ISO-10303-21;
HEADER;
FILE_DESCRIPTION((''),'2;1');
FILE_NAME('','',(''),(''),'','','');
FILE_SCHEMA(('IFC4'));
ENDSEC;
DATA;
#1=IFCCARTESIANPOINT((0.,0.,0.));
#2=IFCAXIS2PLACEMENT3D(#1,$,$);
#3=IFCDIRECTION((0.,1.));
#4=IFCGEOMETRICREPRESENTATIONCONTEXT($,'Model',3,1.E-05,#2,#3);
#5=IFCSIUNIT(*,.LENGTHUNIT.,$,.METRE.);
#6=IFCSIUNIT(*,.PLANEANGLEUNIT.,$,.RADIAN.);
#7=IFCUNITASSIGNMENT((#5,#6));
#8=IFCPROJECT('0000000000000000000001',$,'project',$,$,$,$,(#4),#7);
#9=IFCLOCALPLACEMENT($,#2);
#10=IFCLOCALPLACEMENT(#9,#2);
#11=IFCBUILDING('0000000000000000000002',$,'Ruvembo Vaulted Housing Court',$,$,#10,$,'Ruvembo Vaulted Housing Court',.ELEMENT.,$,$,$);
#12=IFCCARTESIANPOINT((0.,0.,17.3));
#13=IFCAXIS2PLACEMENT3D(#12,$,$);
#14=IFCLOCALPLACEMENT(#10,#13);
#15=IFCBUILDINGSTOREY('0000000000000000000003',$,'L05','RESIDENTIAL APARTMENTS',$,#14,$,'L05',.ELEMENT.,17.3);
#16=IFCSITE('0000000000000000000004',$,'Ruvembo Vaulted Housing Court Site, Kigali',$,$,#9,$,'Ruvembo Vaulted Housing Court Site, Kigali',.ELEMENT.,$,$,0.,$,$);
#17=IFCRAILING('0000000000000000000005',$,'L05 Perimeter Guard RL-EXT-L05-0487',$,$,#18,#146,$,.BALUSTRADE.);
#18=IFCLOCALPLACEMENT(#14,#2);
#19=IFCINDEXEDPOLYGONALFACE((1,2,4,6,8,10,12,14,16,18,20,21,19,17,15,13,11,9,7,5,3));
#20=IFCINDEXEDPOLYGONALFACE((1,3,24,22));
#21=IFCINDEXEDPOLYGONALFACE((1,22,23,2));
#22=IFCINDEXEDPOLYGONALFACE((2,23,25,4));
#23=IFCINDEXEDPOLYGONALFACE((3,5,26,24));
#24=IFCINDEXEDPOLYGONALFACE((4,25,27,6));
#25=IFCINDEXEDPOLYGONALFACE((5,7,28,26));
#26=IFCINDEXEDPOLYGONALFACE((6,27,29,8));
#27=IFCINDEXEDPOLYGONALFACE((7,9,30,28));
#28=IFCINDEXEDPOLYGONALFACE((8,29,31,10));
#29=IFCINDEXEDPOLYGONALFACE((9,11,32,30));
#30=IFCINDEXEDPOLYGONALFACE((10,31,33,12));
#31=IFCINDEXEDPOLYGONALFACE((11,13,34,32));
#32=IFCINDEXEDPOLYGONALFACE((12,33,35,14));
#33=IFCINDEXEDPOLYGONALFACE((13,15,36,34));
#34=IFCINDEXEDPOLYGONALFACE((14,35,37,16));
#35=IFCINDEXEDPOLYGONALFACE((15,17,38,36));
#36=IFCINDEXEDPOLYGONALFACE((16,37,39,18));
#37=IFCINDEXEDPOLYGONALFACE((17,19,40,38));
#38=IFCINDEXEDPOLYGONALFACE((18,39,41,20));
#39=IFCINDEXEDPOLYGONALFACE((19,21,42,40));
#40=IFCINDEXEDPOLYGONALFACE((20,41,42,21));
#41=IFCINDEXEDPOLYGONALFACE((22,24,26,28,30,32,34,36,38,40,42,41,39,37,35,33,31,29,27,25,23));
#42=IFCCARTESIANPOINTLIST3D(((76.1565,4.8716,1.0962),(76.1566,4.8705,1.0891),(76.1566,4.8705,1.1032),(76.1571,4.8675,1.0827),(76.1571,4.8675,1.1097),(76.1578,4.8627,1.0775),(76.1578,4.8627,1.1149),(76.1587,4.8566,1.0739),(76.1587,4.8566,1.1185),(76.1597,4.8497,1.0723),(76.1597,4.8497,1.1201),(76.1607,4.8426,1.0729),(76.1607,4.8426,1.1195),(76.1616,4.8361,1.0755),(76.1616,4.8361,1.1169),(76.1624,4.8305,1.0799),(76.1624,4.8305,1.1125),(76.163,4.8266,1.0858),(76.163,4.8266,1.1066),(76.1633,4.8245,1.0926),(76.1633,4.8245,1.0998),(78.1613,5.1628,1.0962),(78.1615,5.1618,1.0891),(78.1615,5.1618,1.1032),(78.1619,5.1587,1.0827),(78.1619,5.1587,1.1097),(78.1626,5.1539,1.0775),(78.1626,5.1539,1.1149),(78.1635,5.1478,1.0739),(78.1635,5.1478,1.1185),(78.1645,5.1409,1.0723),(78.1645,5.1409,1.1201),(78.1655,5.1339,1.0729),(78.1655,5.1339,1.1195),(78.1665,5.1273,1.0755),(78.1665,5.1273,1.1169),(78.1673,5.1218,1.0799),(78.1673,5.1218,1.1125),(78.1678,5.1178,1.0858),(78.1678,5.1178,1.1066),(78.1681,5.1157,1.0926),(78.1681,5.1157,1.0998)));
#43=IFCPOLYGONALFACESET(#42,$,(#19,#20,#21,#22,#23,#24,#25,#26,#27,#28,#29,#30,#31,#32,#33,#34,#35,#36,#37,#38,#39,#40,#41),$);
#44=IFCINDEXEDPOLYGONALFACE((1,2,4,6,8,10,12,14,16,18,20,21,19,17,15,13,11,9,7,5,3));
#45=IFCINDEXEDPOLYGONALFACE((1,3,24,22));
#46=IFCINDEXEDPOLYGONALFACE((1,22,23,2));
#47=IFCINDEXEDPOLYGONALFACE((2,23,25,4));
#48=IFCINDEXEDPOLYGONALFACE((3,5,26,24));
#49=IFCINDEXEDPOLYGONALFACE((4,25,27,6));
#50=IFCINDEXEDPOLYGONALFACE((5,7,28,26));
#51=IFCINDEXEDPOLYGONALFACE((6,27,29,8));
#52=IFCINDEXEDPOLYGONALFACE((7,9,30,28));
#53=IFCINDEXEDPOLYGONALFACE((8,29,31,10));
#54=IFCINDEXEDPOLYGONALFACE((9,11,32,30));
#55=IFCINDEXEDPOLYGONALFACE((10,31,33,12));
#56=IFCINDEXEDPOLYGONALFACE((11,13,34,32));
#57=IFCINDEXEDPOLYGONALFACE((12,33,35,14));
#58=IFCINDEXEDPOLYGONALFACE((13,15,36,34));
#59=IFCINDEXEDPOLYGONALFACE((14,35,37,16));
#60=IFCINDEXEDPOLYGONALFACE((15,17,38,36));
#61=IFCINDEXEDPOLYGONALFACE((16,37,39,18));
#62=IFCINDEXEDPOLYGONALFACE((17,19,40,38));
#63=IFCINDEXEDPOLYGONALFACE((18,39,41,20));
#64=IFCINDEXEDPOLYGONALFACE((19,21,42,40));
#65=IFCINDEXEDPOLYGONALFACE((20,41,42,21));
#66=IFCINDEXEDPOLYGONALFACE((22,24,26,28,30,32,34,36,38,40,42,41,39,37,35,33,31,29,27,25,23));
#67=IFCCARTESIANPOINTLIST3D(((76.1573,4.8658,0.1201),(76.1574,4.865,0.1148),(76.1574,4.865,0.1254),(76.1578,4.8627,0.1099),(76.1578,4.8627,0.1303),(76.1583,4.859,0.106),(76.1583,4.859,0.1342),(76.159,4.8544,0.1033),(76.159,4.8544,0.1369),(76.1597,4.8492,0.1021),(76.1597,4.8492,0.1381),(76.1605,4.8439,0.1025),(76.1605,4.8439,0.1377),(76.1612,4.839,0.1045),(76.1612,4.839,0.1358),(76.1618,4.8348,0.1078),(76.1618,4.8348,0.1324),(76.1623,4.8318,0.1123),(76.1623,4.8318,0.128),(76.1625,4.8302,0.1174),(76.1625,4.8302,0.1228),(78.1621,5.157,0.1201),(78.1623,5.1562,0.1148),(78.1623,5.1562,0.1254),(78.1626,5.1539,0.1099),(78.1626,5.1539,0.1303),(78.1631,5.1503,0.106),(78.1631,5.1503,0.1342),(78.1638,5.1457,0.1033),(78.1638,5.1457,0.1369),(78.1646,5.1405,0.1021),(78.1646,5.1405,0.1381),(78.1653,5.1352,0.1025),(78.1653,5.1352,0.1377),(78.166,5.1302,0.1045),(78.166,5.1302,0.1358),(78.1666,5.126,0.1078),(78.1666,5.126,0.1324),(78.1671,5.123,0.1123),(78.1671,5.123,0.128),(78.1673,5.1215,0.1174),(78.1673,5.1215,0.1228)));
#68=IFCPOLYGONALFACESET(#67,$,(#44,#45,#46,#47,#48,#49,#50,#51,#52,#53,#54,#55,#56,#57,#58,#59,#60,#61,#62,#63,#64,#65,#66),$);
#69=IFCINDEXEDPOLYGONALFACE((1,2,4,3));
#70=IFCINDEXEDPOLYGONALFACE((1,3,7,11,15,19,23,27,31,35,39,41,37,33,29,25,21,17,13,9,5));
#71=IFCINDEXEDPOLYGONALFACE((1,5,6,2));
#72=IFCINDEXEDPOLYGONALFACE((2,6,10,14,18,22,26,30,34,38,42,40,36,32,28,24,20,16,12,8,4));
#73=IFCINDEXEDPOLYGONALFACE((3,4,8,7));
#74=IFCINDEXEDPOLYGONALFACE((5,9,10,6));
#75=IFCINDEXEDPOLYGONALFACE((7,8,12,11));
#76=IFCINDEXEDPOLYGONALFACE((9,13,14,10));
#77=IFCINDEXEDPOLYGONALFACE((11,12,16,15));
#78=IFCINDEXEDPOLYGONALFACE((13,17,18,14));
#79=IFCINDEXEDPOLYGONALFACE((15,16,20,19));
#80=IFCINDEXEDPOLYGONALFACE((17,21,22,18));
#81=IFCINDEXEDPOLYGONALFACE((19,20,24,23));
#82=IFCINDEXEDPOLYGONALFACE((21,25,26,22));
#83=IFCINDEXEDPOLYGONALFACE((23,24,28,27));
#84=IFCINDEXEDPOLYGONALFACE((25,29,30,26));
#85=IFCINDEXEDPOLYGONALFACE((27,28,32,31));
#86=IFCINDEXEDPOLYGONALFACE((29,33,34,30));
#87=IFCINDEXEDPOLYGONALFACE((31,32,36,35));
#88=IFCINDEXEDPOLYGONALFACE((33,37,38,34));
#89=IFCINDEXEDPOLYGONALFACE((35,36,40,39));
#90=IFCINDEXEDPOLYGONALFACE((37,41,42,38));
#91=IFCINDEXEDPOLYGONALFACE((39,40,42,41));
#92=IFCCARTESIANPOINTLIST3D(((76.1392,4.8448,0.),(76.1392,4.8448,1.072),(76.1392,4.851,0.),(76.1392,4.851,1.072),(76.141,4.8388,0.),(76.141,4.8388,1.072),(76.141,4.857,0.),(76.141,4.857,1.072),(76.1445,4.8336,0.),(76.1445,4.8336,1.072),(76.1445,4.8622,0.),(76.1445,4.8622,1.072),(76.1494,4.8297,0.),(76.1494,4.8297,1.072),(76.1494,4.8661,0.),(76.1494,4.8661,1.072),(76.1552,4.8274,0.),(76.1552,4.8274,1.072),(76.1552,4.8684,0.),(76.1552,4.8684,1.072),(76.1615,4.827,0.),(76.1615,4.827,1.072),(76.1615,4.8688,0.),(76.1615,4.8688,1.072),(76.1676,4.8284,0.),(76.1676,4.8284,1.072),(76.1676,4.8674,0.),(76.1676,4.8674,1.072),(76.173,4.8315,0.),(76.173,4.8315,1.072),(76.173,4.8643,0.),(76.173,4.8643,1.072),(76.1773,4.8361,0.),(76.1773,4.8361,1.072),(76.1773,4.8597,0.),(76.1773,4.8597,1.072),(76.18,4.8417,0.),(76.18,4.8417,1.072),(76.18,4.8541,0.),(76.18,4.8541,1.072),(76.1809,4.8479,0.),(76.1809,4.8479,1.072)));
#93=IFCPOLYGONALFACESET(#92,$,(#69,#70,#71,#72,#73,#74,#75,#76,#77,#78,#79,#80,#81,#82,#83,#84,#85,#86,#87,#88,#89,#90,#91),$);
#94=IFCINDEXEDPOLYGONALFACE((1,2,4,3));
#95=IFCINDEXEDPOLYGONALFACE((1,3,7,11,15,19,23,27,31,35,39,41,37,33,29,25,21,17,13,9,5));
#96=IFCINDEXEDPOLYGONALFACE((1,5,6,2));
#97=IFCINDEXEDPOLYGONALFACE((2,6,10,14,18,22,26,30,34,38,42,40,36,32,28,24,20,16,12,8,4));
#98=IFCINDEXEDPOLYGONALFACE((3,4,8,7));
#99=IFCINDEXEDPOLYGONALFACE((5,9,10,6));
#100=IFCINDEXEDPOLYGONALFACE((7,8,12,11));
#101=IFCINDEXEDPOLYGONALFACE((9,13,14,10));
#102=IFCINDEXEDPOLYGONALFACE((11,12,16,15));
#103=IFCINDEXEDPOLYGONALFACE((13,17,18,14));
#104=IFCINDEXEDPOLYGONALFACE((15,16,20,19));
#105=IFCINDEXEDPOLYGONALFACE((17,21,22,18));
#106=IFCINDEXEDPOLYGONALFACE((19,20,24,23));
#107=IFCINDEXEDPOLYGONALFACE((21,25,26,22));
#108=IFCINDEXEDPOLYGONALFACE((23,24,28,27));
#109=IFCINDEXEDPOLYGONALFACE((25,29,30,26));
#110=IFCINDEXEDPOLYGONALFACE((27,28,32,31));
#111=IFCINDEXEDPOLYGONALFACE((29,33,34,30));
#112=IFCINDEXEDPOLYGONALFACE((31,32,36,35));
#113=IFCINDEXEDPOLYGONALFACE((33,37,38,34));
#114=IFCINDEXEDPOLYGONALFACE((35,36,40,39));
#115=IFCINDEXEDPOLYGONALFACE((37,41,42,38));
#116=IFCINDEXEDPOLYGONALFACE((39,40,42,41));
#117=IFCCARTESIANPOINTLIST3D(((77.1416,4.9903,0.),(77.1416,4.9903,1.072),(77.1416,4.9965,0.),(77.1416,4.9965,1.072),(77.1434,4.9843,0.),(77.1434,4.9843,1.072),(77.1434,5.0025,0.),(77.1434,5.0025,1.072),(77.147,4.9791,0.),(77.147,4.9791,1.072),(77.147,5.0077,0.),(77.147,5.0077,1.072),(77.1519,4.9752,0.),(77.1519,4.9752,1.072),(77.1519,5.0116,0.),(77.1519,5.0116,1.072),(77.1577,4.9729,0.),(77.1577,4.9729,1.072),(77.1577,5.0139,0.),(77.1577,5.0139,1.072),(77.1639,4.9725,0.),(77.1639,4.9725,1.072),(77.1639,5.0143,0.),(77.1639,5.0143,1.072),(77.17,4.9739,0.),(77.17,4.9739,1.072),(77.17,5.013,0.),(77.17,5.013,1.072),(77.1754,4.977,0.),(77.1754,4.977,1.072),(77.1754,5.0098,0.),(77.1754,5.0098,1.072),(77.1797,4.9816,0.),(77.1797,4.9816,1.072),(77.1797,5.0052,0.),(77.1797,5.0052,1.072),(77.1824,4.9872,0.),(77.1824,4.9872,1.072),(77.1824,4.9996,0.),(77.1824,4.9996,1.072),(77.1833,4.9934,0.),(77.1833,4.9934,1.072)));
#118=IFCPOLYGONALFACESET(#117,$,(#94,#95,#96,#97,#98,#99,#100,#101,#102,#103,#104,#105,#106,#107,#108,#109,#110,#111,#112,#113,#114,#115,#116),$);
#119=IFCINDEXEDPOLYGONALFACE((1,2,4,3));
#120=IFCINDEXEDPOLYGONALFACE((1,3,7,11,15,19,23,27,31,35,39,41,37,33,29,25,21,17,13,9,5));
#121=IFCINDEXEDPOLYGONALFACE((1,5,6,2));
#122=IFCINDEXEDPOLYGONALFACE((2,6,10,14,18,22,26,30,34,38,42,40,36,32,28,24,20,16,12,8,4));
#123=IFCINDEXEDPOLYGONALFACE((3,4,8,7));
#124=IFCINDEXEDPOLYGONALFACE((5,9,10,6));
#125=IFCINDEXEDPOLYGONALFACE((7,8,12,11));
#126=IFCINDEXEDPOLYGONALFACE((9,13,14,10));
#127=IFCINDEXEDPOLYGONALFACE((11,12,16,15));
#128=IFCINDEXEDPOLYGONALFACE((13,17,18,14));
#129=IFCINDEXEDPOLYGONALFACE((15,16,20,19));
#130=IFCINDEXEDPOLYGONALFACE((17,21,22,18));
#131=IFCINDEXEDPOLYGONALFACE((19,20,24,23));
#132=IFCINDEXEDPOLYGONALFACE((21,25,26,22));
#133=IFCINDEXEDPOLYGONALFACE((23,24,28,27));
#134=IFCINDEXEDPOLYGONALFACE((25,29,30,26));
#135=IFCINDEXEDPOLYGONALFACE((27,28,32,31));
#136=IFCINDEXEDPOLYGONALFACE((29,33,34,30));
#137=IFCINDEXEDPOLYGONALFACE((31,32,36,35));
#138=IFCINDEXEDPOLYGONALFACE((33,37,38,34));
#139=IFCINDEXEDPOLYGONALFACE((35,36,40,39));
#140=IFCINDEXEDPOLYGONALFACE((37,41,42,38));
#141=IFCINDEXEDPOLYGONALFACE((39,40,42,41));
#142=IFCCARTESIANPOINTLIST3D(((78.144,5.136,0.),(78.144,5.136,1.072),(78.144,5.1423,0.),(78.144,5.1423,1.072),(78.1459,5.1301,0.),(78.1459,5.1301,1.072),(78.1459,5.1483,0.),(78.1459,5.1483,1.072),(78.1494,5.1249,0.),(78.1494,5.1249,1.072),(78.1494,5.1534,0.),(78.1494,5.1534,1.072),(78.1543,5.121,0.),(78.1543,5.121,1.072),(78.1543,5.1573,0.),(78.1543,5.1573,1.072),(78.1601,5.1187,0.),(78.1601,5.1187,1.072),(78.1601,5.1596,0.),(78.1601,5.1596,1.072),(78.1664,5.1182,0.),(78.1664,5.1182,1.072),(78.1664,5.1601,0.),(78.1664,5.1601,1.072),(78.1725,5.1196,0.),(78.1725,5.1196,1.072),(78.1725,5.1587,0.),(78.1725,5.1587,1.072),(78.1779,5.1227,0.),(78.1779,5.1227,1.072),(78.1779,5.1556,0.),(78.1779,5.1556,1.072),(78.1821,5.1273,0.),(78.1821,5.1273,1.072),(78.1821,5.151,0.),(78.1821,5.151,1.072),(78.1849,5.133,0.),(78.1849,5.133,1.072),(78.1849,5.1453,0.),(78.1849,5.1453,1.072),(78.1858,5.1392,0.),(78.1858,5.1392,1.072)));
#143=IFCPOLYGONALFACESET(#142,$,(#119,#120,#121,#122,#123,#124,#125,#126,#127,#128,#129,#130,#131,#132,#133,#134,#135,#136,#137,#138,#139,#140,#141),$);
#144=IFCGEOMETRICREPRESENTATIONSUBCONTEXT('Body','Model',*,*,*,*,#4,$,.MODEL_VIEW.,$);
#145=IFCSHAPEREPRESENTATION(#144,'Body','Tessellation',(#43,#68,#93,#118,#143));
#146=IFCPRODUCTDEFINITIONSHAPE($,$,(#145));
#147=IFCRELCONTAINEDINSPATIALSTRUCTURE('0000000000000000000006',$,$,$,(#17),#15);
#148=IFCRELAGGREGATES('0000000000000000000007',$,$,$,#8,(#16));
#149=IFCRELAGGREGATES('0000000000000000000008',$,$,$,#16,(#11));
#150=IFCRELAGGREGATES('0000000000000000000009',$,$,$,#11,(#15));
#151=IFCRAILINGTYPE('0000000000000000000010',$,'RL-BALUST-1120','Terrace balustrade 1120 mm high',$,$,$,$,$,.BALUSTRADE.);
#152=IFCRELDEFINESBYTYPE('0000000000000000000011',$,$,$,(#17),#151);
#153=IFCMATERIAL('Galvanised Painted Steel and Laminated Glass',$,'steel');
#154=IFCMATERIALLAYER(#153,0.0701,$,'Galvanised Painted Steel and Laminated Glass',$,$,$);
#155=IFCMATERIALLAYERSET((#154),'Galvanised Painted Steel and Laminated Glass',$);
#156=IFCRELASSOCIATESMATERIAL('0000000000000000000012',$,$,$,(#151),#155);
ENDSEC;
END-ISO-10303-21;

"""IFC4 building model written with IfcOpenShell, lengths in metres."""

from ifc_helpers import new_model, si_unit, direction, frame, origin, origin_2d, place, context, subcontext, project, spatial, circle, extrude, material, layer, layer_set, type_object, element, save


model = new_model("IFC4")

# Units and contexts
model_context = context("Model", 3, precision=1e-05, world=origin(), true_north=direction((0.0, 1.0)))
body_context = subcontext(model_context, "Body", "Model", "MODEL_VIEW")
ifc_project = project(units=[si_unit("LENGTHUNIT", "METRE"), si_unit("PLANEANGLEUNIT", "RADIAN")], contexts=[model_context])

# Site, building, storey
site_placement = place(None, origin())
site = spatial("IfcSite", under=ifc_project, at=site_placement, Name="Ruvembo Vaulted Housing Court Site, Kigali", LongName="Ruvembo Vaulted Housing Court Site, Kigali", CompositionType="ELEMENT", RefElevation=0.0)
building_placement = place(site_placement, origin())
building = spatial("IfcBuilding", under=site, at=building_placement, Name="Ruvembo Vaulted Housing Court", LongName="Ruvembo Vaulted Housing Court", CompositionType="ELEMENT")
storey_placement = place(building_placement, frame((0.0, 0.0, 17.3)))
storey = spatial("IfcBuildingStorey", under=building, at=storey_placement, Name="L05", Description="RESIDENTIAL APARTMENTS", LongName="L05", CompositionType="ELEMENT", Elevation=17.3)

# Railing
ifc_material_1 = material(Name="Galvanised Painted Steel and Laminated Glass", Category="steel")
ifc_layer_1 = layer(ifc_material_1, 0.0701, Name="Galvanised Painted Steel and Laminated Glass")
ifc_layer_set_1 = layer_set([ifc_layer_1], Name="Galvanised Painted Steel and Laminated Glass")
railing_type = type_object("IfcRailingType", Name="RL-BALUST-1120", Description="Terrace balustrade 1120 mm high", PredefinedType="BALUSTRADE", material=ifc_layer_set_1)
railing_placement = place(storey_placement, frame((76.1599, 4.8479, 0.0)))
element("IfcRailing", 1, at=railing_placement, inside=storey, type_object=railing_type, Name="L05 Perimeter Guard RL-EXT-L05-0487", PredefinedType="BALUSTRADE", context=body_context, shape_type="SweptSolid", body=[
    extrude(circle(Radius=0.0239, at=origin_2d()), frame((0.0, 0.0, 1.0962), z_axis=(0.989612, 0.143766, 0.0), x_axis=(-0.143766, 0.989612, 0.0)), (0.0, 0.0, 1.0), 2.0259),
    extrude(circle(Radius=0.0181, at=origin_2d()), frame((0.0, 0.0, 0.1201), z_axis=(0.989612, 0.143766, 0.0), x_axis=(-0.143766, 0.989612, 0.0)), (0.0, 0.0, 1.0), 2.0259),
    extrude(circle(Radius=0.021, at=origin_2d()), origin(), (0.0, 0.0, 1.0), 1.072),
    extrude(circle(Radius=0.021, at=origin_2d()), frame((1.0024, 0.1455, 0.0)), (0.0, 0.0, 1.0), 1.072),
    extrude(circle(Radius=0.021, at=origin_2d()), frame((2.0049, 0.2913, 0.0)), (0.0, 0.0, 1.0), 1.072),
])

save(model, "model.ifc")
